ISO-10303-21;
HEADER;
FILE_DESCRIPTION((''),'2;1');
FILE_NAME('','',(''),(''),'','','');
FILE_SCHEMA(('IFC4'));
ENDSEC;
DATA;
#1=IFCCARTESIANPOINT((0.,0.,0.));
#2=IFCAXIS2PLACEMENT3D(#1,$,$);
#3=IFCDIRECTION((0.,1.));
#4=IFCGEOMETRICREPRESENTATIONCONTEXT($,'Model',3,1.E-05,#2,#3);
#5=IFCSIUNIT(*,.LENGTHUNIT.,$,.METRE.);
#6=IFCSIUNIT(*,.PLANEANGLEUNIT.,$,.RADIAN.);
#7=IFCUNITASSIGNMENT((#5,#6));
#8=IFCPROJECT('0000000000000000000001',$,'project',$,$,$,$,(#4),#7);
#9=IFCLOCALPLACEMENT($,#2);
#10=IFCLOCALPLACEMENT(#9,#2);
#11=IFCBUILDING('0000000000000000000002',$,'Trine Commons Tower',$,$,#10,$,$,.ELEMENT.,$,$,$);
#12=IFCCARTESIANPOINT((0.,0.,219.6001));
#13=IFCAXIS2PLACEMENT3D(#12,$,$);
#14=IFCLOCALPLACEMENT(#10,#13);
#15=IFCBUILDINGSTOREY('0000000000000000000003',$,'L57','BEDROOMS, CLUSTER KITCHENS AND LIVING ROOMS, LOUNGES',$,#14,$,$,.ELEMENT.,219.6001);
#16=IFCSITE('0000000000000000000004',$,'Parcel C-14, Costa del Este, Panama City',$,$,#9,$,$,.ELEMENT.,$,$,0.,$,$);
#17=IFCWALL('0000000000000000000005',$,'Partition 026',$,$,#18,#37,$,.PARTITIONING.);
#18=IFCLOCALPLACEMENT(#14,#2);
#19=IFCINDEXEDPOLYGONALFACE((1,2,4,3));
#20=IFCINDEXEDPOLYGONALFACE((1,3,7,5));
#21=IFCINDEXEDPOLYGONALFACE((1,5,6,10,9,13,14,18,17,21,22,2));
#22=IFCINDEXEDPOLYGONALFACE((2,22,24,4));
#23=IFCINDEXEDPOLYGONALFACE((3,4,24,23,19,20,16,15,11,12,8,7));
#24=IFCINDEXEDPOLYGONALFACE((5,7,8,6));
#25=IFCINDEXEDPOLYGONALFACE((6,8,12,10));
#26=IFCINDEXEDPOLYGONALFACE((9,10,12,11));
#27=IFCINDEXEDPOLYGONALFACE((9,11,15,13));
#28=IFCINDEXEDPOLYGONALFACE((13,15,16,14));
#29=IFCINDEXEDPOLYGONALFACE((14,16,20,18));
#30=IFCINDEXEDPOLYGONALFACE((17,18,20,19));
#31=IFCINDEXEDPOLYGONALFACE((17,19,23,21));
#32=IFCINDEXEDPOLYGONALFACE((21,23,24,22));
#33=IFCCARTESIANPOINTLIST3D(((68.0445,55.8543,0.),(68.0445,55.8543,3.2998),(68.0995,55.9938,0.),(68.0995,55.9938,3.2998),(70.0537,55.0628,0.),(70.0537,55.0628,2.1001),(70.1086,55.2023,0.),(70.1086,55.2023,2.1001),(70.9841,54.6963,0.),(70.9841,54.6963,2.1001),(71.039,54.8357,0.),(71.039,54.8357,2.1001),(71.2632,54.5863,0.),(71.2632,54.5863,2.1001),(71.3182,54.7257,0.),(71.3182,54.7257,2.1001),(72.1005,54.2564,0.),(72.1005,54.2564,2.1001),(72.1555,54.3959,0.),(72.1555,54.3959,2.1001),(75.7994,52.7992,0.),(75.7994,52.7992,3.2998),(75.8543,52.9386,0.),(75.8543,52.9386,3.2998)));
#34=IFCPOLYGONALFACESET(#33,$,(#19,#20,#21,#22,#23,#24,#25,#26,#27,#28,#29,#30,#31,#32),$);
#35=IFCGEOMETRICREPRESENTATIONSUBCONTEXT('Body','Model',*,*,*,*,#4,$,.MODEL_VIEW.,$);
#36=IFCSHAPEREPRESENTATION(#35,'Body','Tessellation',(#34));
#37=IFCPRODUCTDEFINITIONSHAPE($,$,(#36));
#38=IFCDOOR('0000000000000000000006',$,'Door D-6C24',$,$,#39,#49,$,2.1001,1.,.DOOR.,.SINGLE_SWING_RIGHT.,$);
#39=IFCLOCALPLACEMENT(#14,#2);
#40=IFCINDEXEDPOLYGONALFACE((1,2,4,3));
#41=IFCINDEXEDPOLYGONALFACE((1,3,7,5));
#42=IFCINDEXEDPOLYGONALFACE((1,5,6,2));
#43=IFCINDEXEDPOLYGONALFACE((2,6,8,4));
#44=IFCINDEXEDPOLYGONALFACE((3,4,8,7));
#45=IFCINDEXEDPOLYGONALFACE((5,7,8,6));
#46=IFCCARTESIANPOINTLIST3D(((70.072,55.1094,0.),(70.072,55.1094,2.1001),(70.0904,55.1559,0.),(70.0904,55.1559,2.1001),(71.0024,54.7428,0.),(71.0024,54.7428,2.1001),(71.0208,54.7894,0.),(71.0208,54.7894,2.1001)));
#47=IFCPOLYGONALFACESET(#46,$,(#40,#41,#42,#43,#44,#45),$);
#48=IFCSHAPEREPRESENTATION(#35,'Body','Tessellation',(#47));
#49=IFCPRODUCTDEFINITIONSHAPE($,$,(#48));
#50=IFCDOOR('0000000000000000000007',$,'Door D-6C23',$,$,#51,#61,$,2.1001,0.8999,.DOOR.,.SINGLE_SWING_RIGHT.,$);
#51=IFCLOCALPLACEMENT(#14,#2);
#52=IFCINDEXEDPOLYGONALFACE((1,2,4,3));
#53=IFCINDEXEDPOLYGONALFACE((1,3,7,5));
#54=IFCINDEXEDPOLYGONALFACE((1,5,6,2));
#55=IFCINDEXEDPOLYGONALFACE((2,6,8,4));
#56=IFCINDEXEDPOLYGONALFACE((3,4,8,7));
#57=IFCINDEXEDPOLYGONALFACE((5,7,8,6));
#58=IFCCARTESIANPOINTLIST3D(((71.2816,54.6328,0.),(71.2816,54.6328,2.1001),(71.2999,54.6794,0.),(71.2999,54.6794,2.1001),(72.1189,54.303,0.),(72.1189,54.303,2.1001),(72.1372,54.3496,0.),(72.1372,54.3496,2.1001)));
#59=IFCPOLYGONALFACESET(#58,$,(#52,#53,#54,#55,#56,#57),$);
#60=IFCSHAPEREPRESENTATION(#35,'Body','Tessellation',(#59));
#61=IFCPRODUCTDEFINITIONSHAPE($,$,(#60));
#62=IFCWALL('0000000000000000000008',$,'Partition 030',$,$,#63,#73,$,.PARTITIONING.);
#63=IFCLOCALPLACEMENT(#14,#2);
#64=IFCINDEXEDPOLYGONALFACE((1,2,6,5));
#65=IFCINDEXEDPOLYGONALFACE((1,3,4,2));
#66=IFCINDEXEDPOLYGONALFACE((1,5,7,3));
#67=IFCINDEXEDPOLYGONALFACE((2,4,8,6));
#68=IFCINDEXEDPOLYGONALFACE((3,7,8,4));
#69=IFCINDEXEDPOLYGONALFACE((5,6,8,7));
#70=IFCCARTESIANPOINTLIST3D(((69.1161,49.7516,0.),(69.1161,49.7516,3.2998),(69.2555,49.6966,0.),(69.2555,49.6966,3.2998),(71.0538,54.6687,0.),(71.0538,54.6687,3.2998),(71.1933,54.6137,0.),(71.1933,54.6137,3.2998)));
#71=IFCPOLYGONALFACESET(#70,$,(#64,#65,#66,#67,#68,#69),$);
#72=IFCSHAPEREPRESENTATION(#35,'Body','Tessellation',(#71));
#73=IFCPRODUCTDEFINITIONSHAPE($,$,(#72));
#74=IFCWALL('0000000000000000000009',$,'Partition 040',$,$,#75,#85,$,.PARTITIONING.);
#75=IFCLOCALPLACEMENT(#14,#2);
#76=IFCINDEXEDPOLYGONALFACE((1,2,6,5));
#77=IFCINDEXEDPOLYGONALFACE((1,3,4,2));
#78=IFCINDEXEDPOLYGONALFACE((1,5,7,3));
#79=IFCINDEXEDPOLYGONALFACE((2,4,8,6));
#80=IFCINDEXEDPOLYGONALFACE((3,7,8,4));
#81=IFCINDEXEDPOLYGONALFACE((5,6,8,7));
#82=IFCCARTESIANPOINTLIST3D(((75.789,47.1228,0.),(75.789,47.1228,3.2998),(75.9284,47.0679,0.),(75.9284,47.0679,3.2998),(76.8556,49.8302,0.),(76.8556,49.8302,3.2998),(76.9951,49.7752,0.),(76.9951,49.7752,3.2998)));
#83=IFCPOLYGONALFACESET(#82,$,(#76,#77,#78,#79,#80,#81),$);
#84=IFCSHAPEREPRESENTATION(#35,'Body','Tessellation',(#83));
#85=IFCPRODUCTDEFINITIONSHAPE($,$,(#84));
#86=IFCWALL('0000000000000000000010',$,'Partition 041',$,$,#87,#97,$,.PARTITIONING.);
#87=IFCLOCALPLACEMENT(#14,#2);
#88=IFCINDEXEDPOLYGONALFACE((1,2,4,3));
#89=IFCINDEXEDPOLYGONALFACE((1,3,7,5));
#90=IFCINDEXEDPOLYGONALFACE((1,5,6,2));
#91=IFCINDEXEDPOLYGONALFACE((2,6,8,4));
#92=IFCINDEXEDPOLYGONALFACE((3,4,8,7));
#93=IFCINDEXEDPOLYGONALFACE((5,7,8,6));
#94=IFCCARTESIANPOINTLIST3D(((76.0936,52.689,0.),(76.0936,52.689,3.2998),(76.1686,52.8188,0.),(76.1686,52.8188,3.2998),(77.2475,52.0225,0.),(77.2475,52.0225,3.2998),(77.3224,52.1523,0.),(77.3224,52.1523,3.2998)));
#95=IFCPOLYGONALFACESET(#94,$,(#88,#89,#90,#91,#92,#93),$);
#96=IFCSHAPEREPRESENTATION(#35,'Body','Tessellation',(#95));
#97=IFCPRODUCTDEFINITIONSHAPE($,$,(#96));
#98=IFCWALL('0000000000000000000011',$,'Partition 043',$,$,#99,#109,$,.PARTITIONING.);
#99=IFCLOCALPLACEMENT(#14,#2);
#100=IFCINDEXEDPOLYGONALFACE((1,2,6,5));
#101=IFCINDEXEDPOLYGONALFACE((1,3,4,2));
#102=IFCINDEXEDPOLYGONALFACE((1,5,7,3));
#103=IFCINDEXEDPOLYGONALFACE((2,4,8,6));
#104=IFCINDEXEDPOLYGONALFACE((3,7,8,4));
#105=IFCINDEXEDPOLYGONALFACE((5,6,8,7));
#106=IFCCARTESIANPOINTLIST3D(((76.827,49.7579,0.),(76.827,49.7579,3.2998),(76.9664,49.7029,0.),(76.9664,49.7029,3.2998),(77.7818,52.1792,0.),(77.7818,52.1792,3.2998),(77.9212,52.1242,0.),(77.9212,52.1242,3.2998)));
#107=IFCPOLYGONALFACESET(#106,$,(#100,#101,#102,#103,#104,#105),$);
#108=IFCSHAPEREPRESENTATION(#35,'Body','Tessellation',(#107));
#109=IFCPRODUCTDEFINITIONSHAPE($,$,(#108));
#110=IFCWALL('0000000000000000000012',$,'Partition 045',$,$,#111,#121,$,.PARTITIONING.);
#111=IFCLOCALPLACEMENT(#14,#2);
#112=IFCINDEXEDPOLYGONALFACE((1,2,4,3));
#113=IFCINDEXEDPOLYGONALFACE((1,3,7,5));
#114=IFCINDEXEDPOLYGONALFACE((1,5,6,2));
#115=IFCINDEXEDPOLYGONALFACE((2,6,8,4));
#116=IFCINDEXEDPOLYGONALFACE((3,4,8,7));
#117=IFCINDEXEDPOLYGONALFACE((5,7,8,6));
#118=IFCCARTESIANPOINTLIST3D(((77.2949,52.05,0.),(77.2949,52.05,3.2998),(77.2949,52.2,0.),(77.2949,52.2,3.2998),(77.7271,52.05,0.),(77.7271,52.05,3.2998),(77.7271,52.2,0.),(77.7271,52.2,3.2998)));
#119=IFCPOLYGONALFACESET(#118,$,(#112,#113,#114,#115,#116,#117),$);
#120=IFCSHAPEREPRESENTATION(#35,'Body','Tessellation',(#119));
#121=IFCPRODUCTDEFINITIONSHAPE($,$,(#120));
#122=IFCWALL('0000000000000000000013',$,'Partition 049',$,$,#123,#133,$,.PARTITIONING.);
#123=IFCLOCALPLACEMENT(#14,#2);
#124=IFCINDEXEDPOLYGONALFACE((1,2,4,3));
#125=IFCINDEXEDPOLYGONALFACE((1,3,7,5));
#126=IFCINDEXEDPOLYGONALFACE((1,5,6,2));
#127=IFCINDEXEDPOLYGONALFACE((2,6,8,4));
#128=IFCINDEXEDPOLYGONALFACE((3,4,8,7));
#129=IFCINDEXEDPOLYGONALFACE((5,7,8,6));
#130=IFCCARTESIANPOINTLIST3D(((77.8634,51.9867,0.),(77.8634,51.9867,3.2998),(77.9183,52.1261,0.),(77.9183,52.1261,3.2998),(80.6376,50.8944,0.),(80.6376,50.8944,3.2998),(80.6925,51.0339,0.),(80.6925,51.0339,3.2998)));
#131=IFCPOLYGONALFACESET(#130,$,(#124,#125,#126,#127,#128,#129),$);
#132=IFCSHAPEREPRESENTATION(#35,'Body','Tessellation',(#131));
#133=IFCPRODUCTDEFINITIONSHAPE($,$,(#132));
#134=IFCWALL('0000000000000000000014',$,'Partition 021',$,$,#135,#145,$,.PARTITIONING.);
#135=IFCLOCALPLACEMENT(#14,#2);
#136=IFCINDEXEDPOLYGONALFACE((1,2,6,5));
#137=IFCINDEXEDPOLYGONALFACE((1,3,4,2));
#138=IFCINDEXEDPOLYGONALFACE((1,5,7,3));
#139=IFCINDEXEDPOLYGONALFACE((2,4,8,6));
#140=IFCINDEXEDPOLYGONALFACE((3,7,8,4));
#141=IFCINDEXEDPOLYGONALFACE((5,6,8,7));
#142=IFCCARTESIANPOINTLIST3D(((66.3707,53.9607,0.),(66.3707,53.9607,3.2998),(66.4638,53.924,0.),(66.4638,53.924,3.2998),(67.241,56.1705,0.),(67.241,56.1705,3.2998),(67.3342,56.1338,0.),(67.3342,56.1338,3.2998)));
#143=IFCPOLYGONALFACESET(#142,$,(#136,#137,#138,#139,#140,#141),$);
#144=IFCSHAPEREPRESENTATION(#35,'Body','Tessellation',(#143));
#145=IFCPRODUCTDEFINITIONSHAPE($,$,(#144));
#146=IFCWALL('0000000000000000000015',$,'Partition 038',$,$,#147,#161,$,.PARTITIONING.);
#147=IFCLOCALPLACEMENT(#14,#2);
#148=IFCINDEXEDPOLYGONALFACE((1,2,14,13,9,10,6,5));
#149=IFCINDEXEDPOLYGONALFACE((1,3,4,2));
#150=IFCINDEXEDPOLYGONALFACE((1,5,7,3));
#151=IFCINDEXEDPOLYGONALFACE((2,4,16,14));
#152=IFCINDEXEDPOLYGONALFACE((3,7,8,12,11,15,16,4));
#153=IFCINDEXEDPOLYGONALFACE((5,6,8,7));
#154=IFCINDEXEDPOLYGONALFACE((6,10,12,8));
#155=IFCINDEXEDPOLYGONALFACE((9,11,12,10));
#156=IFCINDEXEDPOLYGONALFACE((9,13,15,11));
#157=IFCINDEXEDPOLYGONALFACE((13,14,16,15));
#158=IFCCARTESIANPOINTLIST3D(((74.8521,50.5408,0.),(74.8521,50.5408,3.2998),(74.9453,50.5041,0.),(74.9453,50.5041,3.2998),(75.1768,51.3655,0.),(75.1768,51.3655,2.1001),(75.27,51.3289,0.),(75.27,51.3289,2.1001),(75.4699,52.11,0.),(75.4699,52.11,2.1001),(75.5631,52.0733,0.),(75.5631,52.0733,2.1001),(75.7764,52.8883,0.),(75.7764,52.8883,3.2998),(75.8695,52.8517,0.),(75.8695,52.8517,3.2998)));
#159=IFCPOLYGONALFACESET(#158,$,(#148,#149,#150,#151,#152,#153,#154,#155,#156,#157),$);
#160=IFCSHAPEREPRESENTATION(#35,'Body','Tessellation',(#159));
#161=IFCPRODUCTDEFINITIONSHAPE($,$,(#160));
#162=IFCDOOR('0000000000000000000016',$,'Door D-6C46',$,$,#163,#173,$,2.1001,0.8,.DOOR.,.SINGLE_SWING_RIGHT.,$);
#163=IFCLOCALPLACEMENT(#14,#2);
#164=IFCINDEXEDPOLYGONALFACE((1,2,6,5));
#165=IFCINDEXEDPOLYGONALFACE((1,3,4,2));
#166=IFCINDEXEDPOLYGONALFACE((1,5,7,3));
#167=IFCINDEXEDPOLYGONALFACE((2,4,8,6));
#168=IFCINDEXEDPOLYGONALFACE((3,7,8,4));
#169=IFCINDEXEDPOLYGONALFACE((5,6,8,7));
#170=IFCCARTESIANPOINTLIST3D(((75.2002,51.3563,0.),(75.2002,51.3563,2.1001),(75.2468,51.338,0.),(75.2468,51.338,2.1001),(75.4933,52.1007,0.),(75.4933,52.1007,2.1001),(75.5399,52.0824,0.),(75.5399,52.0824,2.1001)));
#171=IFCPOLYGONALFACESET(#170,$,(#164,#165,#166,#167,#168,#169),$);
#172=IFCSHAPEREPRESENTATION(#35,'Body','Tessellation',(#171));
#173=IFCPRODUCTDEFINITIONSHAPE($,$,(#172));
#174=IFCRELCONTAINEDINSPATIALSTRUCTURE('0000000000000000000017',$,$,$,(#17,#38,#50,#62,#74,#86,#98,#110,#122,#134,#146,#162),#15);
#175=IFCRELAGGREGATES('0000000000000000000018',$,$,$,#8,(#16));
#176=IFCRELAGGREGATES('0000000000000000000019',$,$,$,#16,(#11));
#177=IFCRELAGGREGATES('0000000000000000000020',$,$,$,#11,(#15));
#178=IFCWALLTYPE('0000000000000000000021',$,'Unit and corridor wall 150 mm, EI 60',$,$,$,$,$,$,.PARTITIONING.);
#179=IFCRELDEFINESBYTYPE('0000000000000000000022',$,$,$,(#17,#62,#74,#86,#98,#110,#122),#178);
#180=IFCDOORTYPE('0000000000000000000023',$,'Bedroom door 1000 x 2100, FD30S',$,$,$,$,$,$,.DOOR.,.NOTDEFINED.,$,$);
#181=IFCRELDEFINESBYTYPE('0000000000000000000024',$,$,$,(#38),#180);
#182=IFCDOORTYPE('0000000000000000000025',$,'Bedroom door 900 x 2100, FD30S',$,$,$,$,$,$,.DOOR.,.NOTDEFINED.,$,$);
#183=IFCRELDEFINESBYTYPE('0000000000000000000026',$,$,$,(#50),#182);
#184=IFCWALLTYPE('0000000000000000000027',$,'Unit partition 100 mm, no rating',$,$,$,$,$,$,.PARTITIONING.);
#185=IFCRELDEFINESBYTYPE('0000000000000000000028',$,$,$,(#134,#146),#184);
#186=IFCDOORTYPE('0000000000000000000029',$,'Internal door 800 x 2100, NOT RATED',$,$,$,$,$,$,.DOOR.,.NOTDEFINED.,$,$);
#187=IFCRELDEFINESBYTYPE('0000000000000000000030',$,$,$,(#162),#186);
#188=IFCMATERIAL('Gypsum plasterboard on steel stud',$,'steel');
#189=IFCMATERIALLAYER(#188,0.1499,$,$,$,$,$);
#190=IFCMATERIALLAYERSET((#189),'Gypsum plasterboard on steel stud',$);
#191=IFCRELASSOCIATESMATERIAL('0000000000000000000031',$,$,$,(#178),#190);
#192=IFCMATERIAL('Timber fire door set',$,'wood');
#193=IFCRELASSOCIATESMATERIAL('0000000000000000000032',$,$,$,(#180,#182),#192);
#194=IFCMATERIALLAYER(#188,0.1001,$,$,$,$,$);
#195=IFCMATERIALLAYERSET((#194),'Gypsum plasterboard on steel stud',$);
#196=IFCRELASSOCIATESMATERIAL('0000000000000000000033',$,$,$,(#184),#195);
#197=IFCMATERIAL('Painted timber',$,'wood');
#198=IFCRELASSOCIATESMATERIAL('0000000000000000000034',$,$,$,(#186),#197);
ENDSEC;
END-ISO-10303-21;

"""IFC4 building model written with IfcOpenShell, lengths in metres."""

from ifc_helpers import new_model, si_unit, direction, frame, frame_2d, origin, place, context, subcontext, project, spatial, rectangle, extrude, material, layer, layer_set, type_object, element, fill, save


model = new_model("IFC4")

# Units and contexts
model_context = context("Model", 3, precision=1e-05, world=origin(), true_north=direction((0.0, 1.0)))
body_context = subcontext(model_context, "Body", "Model", "MODEL_VIEW")
ifc_project = project(units=[si_unit("LENGTHUNIT", "METRE"), si_unit("PLANEANGLEUNIT", "RADIAN")], contexts=[model_context])

# Site, building, storey
site_placement = place(None, origin())
site = spatial("IfcSite", under=ifc_project, at=site_placement, Name="Parcel C-14, Costa del Este, Panama City", CompositionType="ELEMENT", RefElevation=0.0)
building_placement = place(site_placement, origin())
building = spatial("IfcBuilding", under=site, at=building_placement, Name="Trine Commons Tower", CompositionType="ELEMENT")
storey_placement = place(building_placement, frame((0.0, 0.0, 219.6001)))
storey = spatial("IfcBuildingStorey", under=building, at=storey_placement, Name="L57", Description="BEDROOMS, CLUSTER KITCHENS AND LIVING ROOMS, LOUNGES", CompositionType="ELEMENT", Elevation=219.6001)

# Shared definitions
ifc_material_1 = material(Name="Gypsum plasterboard on steel stud", Category="steel")
ifc_layer_1 = layer(ifc_material_1, 0.1499)
ifc_layer_set_1 = layer_set([ifc_layer_1], Name="Gypsum plasterboard on steel stud")
wall_type_1 = type_object("IfcWallType", Name="Unit and corridor wall 150 mm, EI 60", PredefinedType="PARTITIONING", material=ifc_layer_set_1)

# Wall, openings, doors
wall_1_placement = place(storey_placement, frame((68.072, 55.9241, 0.0), z_axis=(0.0, 0.0, 1.0), x_axis=(0.930399, -0.366548, 0.0)))
wall_1 = element("IfcWall", 1, at=wall_1_placement, inside=storey, type_object=wall_type_1, Name="Partition 026", PredefinedType="PARTITIONING", context=body_context, shape_type="SweptSolid", body=[
    extrude(rectangle(XDim=8.335, YDim=0.1499, at=frame_2d((4.1675, 0.0))), origin(), (0.0, 0.0, 1.0), 3.2998),
])
opening_1_placement = place(wall_1_placement, frame((3.4595, 0.0, 0.0)))
opening_1 = element("IfcOpeningElement", 2, at=opening_1_placement, cuts=wall_1, PredefinedType="OPENING", context=body_context, shape_type="SweptSolid", body=[
    extrude(rectangle(XDim=0.8999, YDim=2.1001, at=frame_2d((0.45, 1.05))), frame((0.0, 0.085, 0.0), z_axis=(0.0, -1.0, 0.0), x_axis=(1.0, 0.0, 0.0)), (0.0, 0.0, 1.0), 0.1699),
])
opening_2_placement = place(wall_1_placement, frame((2.1594, 0.0, 0.0)))
opening_2 = element("IfcOpeningElement", 3, at=opening_2_placement, cuts=wall_1, PredefinedType="OPENING", context=body_context, shape_type="SweptSolid", body=[
    extrude(rectangle(XDim=1.0, YDim=2.1001, at=frame_2d((0.5, 1.05))), frame((0.0, 0.085, 0.0), z_axis=(0.0, -1.0, 0.0), x_axis=(1.0, 0.0, 0.0)), (0.0, 0.0, 1.0), 0.1699),
])
ifc_material_2 = material(Name="Timber fire door set", Category="wood")
door_type_1 = type_object("IfcDoorType", Name="Bedroom door 1000 x 2100, FD30S", OperationType="NOTDEFINED", PredefinedType="DOOR", material=ifc_material_2)
door_1_placement = place(opening_2_placement, frame((1.0, 0.0, 0.0), z_axis=(0.0, 0.0, 1.0), x_axis=(-1.0, 0.0, 0.0)))
door_1 = element("IfcDoor", 4, at=door_1_placement, inside=storey, type_object=door_type_1, Name="Door D-6C24", OperationType="SINGLE_SWING_RIGHT", OverallHeight=2.1001, OverallWidth=1.0, PredefinedType="DOOR", context=body_context, shape_type="SweptSolid", body=[
    extrude(rectangle(XDim=1.0, YDim=2.1001, at=frame_2d((0.5, 1.05))), frame((0.0, 0.0249, 0.0), z_axis=(0.0, -1.0, 0.0), x_axis=(1.0, 0.0, 0.0)), (0.0, 0.0, 1.0), 0.05),
])
fill(opening_2, door_1)
door_type_2 = type_object("IfcDoorType", Name="Bedroom door 900 x 2100, FD30S", OperationType="NOTDEFINED", PredefinedType="DOOR", material=ifc_material_2)
door_2_placement = place(opening_1_placement, frame((0.8999, 0.0, 0.0), z_axis=(0.0, 0.0, 1.0), x_axis=(-1.0, 0.0, 0.0)))
door_2 = element("IfcDoor", 5, at=door_2_placement, inside=storey, type_object=door_type_2, Name="Door D-6C23", OperationType="SINGLE_SWING_RIGHT", OverallHeight=2.1001, OverallWidth=0.8999, PredefinedType="DOOR", context=body_context, shape_type="SweptSolid", body=[
    extrude(rectangle(XDim=0.8999, YDim=2.1001, at=frame_2d((0.45, 1.05))), frame((0.0, 0.0249, 0.0), z_axis=(0.0, -1.0, 0.0), x_axis=(1.0, 0.0, 0.0)), (0.0, 0.0, 1.0), 0.05),
])
fill(opening_1, door_2)

# Walls
wall_2_placement = place(storey_placement, frame((69.1858, 49.7241, 0.0), z_axis=(0.0, 0.0, 1.0), x_axis=(0.366647, 0.93036, 0.0)))
element("IfcWall", 6, at=wall_2_placement, inside=storey, type_object=wall_type_1, Name="Partition 030", PredefinedType="PARTITIONING", context=body_context, shape_type="SweptSolid", body=[
    extrude(rectangle(XDim=5.2852, YDim=0.1499, at=frame_2d((2.6426, 0.0))), origin(), (0.0, 0.0, 1.0), 3.2998),
])
wall_3_placement = place(storey_placement, frame((75.8586, 47.0952, 0.0), z_axis=(0.0, 0.0, 1.0), x_axis=(0.366569, 0.930391, 0.0)))
element("IfcWall", 7, at=wall_3_placement, inside=storey, type_object=wall_type_1, Name="Partition 040", PredefinedType="PARTITIONING", context=body_context, shape_type="SweptSolid", body=[
    extrude(rectangle(XDim=2.9099, YDim=0.1499, at=frame_2d((1.4551, 0.0))), origin(), (0.0, 0.0, 1.0), 3.2998),
])
wall_4_placement = place(storey_placement, frame((76.1311, 52.7539, 0.0), z_axis=(0.0, 0.0, 1.0), x_axis=(0.865911, -0.500198, 0.0)))
element("IfcWall", 8, at=wall_4_placement, inside=storey, type_object=wall_type_1, Name="Partition 041", PredefinedType="PARTITIONING", context=body_context, shape_type="SweptSolid", body=[
    extrude(rectangle(XDim=1.3325, YDim=0.1499, at=frame_2d((0.6663, 0.0))), origin(), (0.0, 0.0, 1.0), 3.2998),
])
wall_5_placement = place(storey_placement, frame((76.8967, 49.7305, 0.0), z_axis=(0.0, 0.0, 1.0), x_axis=(0.366842, 0.930283, 0.0)))
element("IfcWall", 9, at=wall_5_placement, inside=storey, type_object=wall_type_1, Name="Partition 043", PredefinedType="PARTITIONING", context=body_context, shape_type="SweptSolid", body=[
    extrude(rectangle(XDim=2.6028, YDim=0.1499, at=frame_2d((1.3013, 0.0))), origin(), (0.0, 0.0, 1.0), 3.2998),
])
wall_6_placement = place(storey_placement, frame((77.2949, 52.125, 0.0), z_axis=(0.0, 0.0, 1.0), x_axis=(1.0, 0.0, 0.0)))
element("IfcWall", 10, at=wall_6_placement, inside=storey, type_object=wall_type_1, Name="Partition 045", PredefinedType="PARTITIONING", context=body_context, shape_type="SweptSolid", body=[
    extrude(rectangle(XDim=0.4321, YDim=0.1499, at=frame_2d((0.2161, 0.0))), origin(), (0.0, 0.0, 1.0), 3.2998),
])
wall_7_placement = place(storey_placement, frame((77.8909, 52.0564, 0.0), z_axis=(0.0, 0.0, 1.0), x_axis=(0.930474, -0.366359, 0.0)))
element("IfcWall", 11, at=wall_7_placement, inside=storey, type_object=wall_type_1, Name="Partition 049", PredefinedType="PARTITIONING", context=body_context, shape_type="SweptSolid", body=[
    extrude(rectangle(XDim=2.9814, YDim=0.1499, at=frame_2d((1.4907, 0.0))), origin(), (0.0, 0.0, 1.0), 3.2998),
])
ifc_layer_2 = layer(ifc_material_1, 0.1001)
ifc_layer_set_2 = layer_set([ifc_layer_2], Name="Gypsum plasterboard on steel stud")
wall_type_2 = type_object("IfcWallType", Name="Unit partition 100 mm, no rating", PredefinedType="PARTITIONING", material=ifc_layer_set_2)
wall_8_placement = place(storey_placement, frame((66.4172, 53.9424, 0.0), z_axis=(0.0, 0.0, 1.0), x_axis=(0.366476, 0.930428, 0.0)))
element("IfcWall", 12, at=wall_8_placement, inside=storey, type_object=wall_type_2, Name="Partition 021", PredefinedType="PARTITIONING", context=body_context, shape_type="SweptSolid", body=[
    extrude(rectangle(XDim=2.375, YDim=0.1001, at=frame_2d((1.1875, 0.0))), origin(), (0.0, 0.0, 1.0), 3.2998),
])

# Wall, opening, door
wall_9_placement = place(storey_placement, frame((74.8987, 50.5225, 0.0), z_axis=(0.0, 0.0, 1.0), x_axis=(0.366347, 0.930478, 0.0)))
wall_9 = element("IfcWall", 13, at=wall_9_placement, inside=storey, type_object=wall_type_2, Name="Partition 038", PredefinedType="PARTITIONING", context=body_context, shape_type="SweptSolid", body=[
    extrude(rectangle(XDim=2.5229, YDim=0.1001, at=frame_2d((1.2615, 0.0))), origin(), (0.0, 0.0, 1.0), 3.2998),
])
opening_3_placement = place(wall_9_placement, frame((0.8865, 0.0, 0.0)))
opening_3 = element("IfcOpeningElement", 14, at=opening_3_placement, cuts=wall_9, PredefinedType="OPENING", context=body_context, shape_type="SweptSolid", body=[
    extrude(rectangle(XDim=0.8, YDim=2.1001, at=frame_2d((0.3999, 1.05))), frame((0.0, 0.0601, 0.0), z_axis=(0.0, -1.0, 0.0), x_axis=(1.0, 0.0, 0.0)), (0.0, 0.0, 1.0), 0.1201),
])
ifc_material_3 = material(Name="Painted timber", Category="wood")
door_type_3 = type_object("IfcDoorType", Name="Internal door 800 x 2100, NOT RATED", OperationType="NOTDEFINED", PredefinedType="DOOR", material=ifc_material_3)
door_3_placement = place(opening_3_placement, origin())
door_3 = element("IfcDoor", 15, at=door_3_placement, inside=storey, type_object=door_type_3, Name="Door D-6C46", OperationType="SINGLE_SWING_RIGHT", OverallHeight=2.1001, OverallWidth=0.8, PredefinedType="DOOR", context=body_context, shape_type="SweptSolid", body=[
    extrude(rectangle(XDim=0.8, YDim=2.1001, at=frame_2d((0.3999, 1.05))), frame((0.0, 0.0249, 0.0), z_axis=(0.0, -1.0, 0.0), x_axis=(1.0, 0.0, 0.0)), (0.0, 0.0, 1.0), 0.05),
])
fill(opening_3, door_3)

save(model, "model.ifc")
